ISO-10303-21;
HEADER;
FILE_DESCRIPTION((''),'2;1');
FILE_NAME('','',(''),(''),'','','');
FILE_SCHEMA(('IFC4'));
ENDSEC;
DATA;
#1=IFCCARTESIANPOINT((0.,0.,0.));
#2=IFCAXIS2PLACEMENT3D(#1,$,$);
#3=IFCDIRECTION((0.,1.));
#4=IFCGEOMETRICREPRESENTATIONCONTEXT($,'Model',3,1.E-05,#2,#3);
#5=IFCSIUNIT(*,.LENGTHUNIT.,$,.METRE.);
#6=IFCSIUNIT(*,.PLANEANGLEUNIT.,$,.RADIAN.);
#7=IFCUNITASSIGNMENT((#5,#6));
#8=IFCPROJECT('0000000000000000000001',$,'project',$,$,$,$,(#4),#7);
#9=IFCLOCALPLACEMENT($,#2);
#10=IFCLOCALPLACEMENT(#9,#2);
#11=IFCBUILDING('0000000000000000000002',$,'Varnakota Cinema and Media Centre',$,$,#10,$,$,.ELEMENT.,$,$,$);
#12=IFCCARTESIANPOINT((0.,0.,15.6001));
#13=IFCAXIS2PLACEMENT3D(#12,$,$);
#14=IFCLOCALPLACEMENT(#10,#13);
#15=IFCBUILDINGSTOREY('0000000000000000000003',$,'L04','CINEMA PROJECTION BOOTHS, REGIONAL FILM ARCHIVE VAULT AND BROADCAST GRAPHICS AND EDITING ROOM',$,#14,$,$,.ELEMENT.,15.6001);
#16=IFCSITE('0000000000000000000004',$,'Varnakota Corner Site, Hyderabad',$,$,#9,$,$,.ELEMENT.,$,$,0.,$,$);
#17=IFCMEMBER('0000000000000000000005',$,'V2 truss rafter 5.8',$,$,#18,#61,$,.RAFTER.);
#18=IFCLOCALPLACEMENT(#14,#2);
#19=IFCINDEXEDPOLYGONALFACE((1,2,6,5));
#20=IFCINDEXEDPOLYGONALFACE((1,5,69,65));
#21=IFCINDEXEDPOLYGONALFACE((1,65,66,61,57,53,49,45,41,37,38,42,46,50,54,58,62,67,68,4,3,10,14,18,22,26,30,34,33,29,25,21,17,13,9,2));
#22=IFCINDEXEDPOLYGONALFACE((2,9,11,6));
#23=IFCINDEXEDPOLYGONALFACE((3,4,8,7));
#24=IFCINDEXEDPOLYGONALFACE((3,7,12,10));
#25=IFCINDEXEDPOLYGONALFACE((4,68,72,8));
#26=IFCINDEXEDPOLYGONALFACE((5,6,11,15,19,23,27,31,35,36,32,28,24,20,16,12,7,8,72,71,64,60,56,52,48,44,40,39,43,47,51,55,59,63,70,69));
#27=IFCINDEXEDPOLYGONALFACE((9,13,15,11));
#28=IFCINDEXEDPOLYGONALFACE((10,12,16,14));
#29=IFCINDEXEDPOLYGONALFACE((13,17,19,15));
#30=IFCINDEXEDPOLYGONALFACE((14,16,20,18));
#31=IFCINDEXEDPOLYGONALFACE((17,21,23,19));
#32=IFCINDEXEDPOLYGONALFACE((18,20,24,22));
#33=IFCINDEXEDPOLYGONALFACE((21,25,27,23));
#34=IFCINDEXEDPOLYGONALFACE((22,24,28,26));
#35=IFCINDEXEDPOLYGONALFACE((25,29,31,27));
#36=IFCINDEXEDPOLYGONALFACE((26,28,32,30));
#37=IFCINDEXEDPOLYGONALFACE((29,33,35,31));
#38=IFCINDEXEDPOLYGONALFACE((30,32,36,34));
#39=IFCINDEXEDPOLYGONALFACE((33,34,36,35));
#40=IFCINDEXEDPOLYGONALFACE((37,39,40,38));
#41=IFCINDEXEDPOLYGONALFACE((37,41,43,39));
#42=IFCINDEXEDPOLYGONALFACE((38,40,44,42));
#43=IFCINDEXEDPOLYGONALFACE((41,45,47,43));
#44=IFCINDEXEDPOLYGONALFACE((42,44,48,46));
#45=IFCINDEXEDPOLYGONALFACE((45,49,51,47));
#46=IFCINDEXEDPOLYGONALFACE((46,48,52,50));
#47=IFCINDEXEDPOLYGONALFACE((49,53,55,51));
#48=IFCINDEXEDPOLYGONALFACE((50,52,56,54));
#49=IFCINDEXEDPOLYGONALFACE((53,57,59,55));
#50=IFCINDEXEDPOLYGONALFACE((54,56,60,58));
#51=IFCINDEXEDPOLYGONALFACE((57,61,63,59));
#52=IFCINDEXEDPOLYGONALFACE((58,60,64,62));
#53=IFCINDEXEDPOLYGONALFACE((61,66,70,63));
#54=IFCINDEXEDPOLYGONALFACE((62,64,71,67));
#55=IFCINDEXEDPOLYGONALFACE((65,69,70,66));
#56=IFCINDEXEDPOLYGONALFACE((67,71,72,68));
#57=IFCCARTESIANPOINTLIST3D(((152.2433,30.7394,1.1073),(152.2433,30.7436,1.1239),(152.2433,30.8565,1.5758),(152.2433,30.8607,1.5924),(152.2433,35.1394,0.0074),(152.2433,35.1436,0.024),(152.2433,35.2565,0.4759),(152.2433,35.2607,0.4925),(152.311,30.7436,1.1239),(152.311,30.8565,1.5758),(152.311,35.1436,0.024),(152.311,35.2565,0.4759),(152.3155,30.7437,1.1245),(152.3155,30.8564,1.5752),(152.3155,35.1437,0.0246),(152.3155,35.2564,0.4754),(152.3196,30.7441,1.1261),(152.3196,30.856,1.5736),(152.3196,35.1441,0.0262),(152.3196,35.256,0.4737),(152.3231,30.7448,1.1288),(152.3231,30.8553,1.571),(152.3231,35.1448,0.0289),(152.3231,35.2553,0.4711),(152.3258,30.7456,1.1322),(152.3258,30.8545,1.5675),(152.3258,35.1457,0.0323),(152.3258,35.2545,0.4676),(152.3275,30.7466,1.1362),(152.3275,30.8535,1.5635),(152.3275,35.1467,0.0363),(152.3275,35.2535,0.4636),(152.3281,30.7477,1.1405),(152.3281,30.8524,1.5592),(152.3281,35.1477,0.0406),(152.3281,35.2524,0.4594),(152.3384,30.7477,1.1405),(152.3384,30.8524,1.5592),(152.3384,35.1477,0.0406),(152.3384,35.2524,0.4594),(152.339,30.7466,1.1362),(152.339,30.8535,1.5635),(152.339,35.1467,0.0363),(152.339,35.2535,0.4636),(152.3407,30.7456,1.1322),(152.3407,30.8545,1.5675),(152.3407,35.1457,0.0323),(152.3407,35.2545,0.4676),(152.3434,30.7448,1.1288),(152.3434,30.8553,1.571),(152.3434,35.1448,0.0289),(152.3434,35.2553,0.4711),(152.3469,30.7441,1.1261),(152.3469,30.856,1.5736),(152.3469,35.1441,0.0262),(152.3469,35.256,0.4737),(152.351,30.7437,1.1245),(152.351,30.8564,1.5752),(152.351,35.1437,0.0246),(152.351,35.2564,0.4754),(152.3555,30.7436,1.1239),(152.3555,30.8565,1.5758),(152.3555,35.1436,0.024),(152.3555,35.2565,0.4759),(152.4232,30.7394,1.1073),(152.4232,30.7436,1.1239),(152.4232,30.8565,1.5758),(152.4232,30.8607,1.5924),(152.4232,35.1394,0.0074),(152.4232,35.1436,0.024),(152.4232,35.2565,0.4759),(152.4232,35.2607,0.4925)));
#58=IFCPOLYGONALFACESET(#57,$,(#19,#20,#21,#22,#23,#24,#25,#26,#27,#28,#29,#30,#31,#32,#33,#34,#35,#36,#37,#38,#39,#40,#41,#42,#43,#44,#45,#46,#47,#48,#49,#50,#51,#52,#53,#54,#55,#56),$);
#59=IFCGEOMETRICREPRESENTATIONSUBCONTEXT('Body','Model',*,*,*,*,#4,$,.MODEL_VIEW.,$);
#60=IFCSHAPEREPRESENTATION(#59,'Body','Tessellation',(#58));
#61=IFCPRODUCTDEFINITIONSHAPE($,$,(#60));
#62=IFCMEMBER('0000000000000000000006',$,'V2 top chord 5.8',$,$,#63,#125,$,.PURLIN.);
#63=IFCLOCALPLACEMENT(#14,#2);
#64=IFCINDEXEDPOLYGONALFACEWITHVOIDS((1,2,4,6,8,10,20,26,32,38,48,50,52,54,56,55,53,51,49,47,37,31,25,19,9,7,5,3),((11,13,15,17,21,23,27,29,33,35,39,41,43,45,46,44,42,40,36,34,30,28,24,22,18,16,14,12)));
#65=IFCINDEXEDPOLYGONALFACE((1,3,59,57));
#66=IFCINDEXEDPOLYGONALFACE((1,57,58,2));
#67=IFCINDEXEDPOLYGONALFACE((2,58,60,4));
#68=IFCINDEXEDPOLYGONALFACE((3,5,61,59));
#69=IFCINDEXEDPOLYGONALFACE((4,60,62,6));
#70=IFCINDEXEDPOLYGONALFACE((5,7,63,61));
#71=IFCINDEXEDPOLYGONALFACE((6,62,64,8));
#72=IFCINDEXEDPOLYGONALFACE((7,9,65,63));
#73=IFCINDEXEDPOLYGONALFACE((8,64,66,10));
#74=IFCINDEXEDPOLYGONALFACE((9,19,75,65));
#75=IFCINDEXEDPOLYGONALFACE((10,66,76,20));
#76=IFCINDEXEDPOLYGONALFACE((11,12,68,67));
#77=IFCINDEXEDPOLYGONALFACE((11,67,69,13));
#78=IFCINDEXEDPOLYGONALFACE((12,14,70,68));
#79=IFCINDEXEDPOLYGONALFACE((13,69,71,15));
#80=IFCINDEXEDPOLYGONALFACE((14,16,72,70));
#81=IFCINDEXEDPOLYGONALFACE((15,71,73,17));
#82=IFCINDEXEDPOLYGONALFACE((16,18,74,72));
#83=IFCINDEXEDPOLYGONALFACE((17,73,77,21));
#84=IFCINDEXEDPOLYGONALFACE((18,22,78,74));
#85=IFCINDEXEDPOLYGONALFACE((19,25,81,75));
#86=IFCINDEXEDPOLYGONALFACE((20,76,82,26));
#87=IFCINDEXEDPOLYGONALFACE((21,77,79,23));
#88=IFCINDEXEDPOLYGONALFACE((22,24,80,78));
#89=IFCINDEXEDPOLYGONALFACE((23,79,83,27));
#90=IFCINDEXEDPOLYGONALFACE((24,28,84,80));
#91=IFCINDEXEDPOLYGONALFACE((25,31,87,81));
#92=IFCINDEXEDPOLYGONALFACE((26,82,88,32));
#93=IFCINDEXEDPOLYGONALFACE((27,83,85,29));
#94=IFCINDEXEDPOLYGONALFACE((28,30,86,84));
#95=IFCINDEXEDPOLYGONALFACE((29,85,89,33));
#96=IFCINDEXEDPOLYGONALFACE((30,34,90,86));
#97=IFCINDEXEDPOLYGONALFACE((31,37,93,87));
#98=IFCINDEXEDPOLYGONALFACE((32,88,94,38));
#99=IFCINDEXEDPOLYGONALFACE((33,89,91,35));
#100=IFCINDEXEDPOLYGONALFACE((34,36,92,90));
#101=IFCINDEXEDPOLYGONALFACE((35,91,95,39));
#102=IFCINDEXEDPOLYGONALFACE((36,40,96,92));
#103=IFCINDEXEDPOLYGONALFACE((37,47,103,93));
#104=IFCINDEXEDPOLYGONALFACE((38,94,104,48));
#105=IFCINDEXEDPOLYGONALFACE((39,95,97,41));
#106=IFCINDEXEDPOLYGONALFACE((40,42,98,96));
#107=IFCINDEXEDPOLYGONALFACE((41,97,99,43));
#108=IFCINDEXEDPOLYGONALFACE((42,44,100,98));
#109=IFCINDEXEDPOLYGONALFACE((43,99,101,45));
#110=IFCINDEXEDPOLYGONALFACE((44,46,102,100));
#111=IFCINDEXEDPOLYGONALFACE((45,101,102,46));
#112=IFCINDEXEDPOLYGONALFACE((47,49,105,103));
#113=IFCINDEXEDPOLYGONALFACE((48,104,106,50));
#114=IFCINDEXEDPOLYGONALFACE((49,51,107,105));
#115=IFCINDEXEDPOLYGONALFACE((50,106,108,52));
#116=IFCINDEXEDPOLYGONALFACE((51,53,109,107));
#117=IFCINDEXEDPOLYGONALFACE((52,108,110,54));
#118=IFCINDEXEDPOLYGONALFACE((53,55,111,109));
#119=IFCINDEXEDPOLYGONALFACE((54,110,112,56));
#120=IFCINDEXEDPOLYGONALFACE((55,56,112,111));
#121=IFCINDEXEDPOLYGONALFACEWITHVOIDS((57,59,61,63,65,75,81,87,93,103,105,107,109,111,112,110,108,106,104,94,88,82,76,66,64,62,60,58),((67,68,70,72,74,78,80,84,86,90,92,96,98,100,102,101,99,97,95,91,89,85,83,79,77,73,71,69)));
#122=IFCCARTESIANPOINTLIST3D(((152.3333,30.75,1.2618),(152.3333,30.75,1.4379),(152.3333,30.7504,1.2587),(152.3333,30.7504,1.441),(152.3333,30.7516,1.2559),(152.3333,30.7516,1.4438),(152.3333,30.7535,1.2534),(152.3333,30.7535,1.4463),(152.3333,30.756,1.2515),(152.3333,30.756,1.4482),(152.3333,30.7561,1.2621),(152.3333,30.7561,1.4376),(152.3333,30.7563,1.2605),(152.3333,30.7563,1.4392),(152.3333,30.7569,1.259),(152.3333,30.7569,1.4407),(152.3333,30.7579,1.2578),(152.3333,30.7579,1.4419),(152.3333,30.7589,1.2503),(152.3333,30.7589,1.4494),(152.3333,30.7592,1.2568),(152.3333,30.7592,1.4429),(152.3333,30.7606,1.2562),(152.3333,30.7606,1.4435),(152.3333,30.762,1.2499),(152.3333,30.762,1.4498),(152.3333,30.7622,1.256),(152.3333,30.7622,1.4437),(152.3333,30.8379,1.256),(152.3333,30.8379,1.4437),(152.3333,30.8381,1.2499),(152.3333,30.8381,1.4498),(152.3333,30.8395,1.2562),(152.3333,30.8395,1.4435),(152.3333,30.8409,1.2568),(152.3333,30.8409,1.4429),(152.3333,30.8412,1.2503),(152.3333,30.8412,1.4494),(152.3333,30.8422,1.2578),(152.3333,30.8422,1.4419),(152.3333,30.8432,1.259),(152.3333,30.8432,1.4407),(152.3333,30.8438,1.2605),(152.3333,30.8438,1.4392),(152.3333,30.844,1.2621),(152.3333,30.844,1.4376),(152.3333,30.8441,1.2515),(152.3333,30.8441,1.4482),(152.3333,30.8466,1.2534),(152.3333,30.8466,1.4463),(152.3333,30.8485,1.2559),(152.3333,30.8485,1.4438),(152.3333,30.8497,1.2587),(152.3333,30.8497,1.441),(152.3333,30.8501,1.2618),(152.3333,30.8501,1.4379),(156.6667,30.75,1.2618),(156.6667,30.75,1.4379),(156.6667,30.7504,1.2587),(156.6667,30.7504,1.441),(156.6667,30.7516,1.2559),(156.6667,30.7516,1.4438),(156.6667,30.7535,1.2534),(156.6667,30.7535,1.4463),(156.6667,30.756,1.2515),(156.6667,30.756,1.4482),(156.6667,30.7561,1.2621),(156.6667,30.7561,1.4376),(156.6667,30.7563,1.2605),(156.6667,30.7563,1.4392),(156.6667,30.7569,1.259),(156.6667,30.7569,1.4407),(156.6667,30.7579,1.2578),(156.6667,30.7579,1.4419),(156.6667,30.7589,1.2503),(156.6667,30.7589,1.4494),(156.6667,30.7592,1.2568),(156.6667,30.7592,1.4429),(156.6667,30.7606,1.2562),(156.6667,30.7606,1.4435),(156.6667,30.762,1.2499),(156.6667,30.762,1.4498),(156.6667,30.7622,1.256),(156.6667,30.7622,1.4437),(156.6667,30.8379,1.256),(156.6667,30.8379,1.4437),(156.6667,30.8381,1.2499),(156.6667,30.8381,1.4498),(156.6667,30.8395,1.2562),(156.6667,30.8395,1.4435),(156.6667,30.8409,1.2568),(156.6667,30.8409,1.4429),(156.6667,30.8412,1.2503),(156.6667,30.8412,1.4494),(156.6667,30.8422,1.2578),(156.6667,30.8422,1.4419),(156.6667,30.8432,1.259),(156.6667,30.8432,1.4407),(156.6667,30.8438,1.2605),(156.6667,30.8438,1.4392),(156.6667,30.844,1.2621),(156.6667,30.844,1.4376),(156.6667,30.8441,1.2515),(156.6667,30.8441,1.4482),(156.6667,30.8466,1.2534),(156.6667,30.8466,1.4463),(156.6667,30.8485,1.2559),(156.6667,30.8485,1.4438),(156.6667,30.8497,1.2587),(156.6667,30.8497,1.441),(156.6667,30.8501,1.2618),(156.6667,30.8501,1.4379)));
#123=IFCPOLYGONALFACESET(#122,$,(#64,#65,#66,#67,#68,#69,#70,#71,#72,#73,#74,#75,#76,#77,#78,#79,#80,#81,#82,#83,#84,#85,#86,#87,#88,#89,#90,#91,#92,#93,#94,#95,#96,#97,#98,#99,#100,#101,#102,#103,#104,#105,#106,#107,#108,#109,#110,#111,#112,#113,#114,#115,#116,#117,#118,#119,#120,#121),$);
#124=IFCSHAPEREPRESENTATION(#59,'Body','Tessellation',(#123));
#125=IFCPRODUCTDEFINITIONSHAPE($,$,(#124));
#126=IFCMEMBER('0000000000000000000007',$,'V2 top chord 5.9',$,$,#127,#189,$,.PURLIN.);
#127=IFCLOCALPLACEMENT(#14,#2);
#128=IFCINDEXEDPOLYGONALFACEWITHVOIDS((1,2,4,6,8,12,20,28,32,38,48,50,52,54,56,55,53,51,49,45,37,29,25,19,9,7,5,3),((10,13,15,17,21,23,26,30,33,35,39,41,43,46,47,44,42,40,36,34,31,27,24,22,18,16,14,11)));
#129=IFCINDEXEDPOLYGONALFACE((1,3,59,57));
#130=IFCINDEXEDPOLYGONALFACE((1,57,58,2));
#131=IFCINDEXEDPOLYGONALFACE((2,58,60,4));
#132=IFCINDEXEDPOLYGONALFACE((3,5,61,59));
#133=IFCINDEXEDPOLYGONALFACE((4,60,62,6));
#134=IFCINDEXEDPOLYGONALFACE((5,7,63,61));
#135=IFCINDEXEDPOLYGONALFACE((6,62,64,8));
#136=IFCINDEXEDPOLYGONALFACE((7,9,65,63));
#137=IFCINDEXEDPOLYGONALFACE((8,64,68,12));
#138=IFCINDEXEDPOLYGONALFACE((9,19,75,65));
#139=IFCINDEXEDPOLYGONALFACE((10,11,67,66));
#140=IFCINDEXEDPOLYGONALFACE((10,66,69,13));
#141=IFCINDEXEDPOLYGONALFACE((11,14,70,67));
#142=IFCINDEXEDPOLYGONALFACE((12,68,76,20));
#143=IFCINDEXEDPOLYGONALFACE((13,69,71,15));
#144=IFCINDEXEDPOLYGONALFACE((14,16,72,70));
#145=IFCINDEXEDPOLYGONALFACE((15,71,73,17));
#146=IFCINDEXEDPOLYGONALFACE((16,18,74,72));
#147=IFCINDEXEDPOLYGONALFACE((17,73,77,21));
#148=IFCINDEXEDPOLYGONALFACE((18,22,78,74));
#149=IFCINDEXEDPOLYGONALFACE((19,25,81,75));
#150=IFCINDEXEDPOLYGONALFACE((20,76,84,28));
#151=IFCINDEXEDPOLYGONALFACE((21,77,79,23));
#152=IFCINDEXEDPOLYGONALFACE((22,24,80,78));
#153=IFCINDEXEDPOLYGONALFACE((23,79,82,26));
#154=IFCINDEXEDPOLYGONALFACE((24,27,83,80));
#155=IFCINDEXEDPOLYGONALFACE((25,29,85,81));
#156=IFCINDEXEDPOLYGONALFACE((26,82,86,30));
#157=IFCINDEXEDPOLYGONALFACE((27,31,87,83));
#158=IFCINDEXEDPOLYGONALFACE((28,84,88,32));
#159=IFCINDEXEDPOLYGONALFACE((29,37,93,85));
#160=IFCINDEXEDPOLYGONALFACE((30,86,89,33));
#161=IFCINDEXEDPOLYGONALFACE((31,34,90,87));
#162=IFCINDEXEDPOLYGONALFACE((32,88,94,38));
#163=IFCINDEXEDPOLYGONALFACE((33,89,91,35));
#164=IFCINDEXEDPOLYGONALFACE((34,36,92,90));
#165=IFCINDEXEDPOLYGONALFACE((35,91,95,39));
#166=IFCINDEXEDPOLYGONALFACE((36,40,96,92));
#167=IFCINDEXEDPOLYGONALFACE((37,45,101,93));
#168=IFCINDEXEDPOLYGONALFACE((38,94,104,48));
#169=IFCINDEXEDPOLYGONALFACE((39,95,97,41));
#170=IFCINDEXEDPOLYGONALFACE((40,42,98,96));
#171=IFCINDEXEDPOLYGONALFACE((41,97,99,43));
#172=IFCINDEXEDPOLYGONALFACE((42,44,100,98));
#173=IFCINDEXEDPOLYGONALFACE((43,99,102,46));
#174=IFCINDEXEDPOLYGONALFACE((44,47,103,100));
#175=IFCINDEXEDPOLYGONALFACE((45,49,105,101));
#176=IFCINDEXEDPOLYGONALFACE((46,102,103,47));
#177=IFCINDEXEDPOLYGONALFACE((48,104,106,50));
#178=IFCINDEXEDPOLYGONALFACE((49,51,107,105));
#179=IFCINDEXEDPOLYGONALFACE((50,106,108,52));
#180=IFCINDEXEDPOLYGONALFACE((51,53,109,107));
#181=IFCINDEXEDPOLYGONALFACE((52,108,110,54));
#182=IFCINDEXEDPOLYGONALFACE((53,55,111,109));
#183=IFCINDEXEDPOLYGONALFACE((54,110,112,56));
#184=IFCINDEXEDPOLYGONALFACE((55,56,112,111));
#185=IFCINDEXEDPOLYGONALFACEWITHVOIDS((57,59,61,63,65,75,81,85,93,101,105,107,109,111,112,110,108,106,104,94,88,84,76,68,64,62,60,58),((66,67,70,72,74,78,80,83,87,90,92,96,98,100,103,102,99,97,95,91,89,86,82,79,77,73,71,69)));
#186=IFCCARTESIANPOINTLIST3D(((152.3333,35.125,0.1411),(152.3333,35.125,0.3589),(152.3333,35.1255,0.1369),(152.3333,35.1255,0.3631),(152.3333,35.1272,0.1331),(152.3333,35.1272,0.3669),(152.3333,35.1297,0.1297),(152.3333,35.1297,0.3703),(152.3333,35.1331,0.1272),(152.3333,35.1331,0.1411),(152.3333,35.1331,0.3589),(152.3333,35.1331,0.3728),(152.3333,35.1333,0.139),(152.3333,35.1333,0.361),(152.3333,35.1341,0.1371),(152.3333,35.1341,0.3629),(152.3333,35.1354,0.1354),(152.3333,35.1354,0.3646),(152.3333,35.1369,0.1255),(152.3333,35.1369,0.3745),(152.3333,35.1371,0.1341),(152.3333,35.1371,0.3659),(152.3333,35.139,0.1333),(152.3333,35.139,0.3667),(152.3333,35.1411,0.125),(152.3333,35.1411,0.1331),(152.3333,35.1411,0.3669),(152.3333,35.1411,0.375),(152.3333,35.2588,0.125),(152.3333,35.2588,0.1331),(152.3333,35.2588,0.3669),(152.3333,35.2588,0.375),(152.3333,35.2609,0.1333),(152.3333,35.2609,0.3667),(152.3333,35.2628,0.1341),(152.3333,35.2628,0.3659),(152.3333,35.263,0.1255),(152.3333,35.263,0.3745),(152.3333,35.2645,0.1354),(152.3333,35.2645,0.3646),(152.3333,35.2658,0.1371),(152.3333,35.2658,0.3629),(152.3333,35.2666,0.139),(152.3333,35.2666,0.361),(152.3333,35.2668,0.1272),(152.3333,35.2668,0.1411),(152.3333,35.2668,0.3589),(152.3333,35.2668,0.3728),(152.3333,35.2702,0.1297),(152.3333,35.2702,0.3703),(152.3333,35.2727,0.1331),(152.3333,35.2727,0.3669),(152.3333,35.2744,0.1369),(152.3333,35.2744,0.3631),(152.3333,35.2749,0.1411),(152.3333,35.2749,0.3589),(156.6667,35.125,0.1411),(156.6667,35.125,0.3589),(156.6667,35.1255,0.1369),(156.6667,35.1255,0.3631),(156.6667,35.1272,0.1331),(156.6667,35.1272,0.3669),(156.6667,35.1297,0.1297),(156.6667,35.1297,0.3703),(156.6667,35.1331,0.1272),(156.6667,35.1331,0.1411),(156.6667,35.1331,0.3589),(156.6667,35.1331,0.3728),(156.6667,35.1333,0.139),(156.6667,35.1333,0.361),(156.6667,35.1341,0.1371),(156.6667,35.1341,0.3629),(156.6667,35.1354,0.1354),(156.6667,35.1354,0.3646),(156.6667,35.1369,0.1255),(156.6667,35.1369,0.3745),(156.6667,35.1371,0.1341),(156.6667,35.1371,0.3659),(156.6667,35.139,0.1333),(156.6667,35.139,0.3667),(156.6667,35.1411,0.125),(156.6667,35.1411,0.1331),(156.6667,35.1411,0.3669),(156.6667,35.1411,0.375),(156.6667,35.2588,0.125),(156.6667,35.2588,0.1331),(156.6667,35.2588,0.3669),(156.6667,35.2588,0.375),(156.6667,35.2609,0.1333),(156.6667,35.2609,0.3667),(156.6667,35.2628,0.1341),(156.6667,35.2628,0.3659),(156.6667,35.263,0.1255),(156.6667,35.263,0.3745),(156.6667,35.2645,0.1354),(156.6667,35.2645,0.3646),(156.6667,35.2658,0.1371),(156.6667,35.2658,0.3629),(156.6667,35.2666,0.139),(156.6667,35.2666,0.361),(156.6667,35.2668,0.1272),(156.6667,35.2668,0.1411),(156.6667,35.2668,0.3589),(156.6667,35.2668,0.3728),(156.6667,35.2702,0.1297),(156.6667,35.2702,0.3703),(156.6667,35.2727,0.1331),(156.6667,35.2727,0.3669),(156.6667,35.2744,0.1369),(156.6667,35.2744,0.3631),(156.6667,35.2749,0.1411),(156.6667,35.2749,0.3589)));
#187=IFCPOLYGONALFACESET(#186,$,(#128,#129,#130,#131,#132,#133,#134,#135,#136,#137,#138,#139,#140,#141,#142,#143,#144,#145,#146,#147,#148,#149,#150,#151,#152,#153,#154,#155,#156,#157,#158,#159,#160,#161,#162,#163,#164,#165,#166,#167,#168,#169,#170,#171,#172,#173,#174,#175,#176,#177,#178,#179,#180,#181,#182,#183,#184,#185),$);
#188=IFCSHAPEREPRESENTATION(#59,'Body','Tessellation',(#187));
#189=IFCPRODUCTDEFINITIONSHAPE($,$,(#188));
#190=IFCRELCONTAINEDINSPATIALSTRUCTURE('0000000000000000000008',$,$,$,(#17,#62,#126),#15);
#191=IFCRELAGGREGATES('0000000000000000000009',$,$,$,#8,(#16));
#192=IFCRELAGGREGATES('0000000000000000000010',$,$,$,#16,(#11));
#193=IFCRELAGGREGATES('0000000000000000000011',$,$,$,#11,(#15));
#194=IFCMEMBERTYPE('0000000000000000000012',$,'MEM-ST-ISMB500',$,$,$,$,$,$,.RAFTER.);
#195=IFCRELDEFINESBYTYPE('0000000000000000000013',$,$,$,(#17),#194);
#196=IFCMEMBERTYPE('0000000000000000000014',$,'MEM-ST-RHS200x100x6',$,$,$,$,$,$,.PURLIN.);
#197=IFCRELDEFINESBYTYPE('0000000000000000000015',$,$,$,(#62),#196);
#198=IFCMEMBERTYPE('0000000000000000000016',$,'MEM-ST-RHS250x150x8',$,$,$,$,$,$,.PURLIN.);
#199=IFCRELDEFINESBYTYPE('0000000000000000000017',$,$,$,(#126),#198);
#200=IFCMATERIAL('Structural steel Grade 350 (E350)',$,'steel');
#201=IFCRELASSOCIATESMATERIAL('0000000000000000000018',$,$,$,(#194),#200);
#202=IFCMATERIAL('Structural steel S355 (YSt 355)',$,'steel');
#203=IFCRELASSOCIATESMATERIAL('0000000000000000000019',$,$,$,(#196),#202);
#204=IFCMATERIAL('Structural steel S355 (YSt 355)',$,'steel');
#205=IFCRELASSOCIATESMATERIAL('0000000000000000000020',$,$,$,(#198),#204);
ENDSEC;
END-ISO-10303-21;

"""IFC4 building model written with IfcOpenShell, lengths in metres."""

from ifc_helpers import new_model, si_unit, direction, frame, origin, origin_2d, place, context, subcontext, project, spatial, hollow_rectangle, i_section, extrude, material, material_profile, profile_set, type_object, element, save


model = new_model("IFC4")

# Units and contexts
model_context = context("Model", 3, precision=1e-05, world=origin(), true_north=direction((0.0, 1.0)))
body_context = subcontext(model_context, "Body", "Model", "MODEL_VIEW")
ifc_project = project(units=[si_unit("LENGTHUNIT", "METRE"), si_unit("PLANEANGLEUNIT", "RADIAN")], contexts=[model_context])

# Site, building, storey
site_placement = place(None, origin())
site = spatial("IfcSite", under=ifc_project, at=site_placement, Name="Varnakota Corner Site, Hyderabad", CompositionType="ELEMENT", RefElevation=0.0)
building_placement = place(site_placement, origin())
building = spatial("IfcBuilding", under=site, at=building_placement, Name="Varnakota Cinema and Media Centre", CompositionType="ELEMENT")
storey_placement = place(building_placement, frame((0.0, 0.0, 15.6001)))
storey = spatial("IfcBuildingStorey", under=building, at=storey_placement, Name="L04", Description="CINEMA PROJECTION BOOTHS, REGIONAL FILM ARCHIVE VAULT AND BROADCAST GRAPHICS AND EDITING ROOM", CompositionType="ELEMENT", Elevation=15.6001)

# Members
ifc_material_1 = material(Name="Structural steel Grade 350 (E350)", Category="steel")
ifc_material_profile_1 = material_profile(ifc_material_1, i_section(OverallWidth=0.1799, OverallDepth=0.5, WebThickness=0.0103, FlangeThickness=0.0171, FilletRadius=0.0171, at=origin_2d()), Name="ISMB 500")
ifc_profile_set_1 = profile_set([ifc_material_profile_1], Name="Structural steel Grade 350 (E350)")
member_type_1 = type_object("IfcMemberType", Name="MEM-ST-ISMB500", PredefinedType="RAFTER", material=ifc_profile_set_1)
member_1_placement = place(storey_placement, frame((152.3333, 30.8, 1.3499), z_axis=(0.0, 0.970149, -0.24251), x_axis=(-1.0, 0.0, 0.0)))
element("IfcMember", 1, at=member_1_placement, inside=storey, type_object=member_type_1, Name="V2 truss rafter 5.8", PredefinedType="RAFTER", context=body_context, shape_type="SweptSolid", body=[
    extrude(i_section(OverallWidth=0.1799, OverallDepth=0.5, WebThickness=0.0103, FlangeThickness=0.0171, FilletRadius=0.0171, at=origin_2d()), origin(), (0.0, 0.0, 1.0), 4.5354),
])
ifc_material_2 = material(Name="Structural steel S355 (YSt 355)", Category="steel")
ifc_material_profile_2 = material_profile(ifc_material_2, hollow_rectangle(XDim=0.1001, YDim=0.2, WallThickness=0.0061, InnerFilletRadius=0.0061, OuterFilletRadius=0.012, at=origin_2d()), Name="RHS 200x100x6")
ifc_profile_set_2 = profile_set([ifc_material_profile_2], Name="Structural steel S355 (YSt 355)")
member_type_2 = type_object("IfcMemberType", Name="MEM-ST-RHS200x100x6", PredefinedType="PURLIN", material=ifc_profile_set_2)
member_2_placement = place(storey_placement, frame((152.3333, 30.8, 1.3499), z_axis=(1.0, 0.0, 0.0), x_axis=(0.0, 1.0, 0.0)))
element("IfcMember", 2, at=member_2_placement, inside=storey, type_object=member_type_2, Name="V2 top chord 5.8", PredefinedType="PURLIN", context=body_context, shape_type="SweptSolid", body=[
    extrude(hollow_rectangle(XDim=0.1001, YDim=0.2, WallThickness=0.0061, InnerFilletRadius=0.0061, OuterFilletRadius=0.012, at=origin_2d()), origin(), (0.0, 0.0, 1.0), 4.3335),
])
ifc_material_3 = material(Name="Structural steel S355 (YSt 355)", Category="steel")
ifc_material_profile_3 = material_profile(ifc_material_3, hollow_rectangle(XDim=0.1499, YDim=0.25, WallThickness=0.0081, InnerFilletRadius=0.0081, OuterFilletRadius=0.0161, at=origin_2d()), Name="RHS 250x150x8")
ifc_profile_set_3 = profile_set([ifc_material_profile_3], Name="Structural steel S355 (YSt 355)")
member_type_3 = type_object("IfcMemberType", Name="MEM-ST-RHS250x150x8", PredefinedType="PURLIN", material=ifc_profile_set_3)
member_3_placement = place(storey_placement, frame((152.3333, 35.2, 0.25), z_axis=(1.0, 0.0, 0.0), x_axis=(0.0, 1.0, 0.0)))
element("IfcMember", 3, at=member_3_placement, inside=storey, type_object=member_type_3, Name="V2 top chord 5.9", PredefinedType="PURLIN", context=body_context, shape_type="SweptSolid", body=[
    extrude(hollow_rectangle(XDim=0.1499, YDim=0.25, WallThickness=0.0081, InnerFilletRadius=0.0081, OuterFilletRadius=0.0161, at=origin_2d()), origin(), (0.0, 0.0, 1.0), 4.3335),
])

save(model, "model.ifc")
